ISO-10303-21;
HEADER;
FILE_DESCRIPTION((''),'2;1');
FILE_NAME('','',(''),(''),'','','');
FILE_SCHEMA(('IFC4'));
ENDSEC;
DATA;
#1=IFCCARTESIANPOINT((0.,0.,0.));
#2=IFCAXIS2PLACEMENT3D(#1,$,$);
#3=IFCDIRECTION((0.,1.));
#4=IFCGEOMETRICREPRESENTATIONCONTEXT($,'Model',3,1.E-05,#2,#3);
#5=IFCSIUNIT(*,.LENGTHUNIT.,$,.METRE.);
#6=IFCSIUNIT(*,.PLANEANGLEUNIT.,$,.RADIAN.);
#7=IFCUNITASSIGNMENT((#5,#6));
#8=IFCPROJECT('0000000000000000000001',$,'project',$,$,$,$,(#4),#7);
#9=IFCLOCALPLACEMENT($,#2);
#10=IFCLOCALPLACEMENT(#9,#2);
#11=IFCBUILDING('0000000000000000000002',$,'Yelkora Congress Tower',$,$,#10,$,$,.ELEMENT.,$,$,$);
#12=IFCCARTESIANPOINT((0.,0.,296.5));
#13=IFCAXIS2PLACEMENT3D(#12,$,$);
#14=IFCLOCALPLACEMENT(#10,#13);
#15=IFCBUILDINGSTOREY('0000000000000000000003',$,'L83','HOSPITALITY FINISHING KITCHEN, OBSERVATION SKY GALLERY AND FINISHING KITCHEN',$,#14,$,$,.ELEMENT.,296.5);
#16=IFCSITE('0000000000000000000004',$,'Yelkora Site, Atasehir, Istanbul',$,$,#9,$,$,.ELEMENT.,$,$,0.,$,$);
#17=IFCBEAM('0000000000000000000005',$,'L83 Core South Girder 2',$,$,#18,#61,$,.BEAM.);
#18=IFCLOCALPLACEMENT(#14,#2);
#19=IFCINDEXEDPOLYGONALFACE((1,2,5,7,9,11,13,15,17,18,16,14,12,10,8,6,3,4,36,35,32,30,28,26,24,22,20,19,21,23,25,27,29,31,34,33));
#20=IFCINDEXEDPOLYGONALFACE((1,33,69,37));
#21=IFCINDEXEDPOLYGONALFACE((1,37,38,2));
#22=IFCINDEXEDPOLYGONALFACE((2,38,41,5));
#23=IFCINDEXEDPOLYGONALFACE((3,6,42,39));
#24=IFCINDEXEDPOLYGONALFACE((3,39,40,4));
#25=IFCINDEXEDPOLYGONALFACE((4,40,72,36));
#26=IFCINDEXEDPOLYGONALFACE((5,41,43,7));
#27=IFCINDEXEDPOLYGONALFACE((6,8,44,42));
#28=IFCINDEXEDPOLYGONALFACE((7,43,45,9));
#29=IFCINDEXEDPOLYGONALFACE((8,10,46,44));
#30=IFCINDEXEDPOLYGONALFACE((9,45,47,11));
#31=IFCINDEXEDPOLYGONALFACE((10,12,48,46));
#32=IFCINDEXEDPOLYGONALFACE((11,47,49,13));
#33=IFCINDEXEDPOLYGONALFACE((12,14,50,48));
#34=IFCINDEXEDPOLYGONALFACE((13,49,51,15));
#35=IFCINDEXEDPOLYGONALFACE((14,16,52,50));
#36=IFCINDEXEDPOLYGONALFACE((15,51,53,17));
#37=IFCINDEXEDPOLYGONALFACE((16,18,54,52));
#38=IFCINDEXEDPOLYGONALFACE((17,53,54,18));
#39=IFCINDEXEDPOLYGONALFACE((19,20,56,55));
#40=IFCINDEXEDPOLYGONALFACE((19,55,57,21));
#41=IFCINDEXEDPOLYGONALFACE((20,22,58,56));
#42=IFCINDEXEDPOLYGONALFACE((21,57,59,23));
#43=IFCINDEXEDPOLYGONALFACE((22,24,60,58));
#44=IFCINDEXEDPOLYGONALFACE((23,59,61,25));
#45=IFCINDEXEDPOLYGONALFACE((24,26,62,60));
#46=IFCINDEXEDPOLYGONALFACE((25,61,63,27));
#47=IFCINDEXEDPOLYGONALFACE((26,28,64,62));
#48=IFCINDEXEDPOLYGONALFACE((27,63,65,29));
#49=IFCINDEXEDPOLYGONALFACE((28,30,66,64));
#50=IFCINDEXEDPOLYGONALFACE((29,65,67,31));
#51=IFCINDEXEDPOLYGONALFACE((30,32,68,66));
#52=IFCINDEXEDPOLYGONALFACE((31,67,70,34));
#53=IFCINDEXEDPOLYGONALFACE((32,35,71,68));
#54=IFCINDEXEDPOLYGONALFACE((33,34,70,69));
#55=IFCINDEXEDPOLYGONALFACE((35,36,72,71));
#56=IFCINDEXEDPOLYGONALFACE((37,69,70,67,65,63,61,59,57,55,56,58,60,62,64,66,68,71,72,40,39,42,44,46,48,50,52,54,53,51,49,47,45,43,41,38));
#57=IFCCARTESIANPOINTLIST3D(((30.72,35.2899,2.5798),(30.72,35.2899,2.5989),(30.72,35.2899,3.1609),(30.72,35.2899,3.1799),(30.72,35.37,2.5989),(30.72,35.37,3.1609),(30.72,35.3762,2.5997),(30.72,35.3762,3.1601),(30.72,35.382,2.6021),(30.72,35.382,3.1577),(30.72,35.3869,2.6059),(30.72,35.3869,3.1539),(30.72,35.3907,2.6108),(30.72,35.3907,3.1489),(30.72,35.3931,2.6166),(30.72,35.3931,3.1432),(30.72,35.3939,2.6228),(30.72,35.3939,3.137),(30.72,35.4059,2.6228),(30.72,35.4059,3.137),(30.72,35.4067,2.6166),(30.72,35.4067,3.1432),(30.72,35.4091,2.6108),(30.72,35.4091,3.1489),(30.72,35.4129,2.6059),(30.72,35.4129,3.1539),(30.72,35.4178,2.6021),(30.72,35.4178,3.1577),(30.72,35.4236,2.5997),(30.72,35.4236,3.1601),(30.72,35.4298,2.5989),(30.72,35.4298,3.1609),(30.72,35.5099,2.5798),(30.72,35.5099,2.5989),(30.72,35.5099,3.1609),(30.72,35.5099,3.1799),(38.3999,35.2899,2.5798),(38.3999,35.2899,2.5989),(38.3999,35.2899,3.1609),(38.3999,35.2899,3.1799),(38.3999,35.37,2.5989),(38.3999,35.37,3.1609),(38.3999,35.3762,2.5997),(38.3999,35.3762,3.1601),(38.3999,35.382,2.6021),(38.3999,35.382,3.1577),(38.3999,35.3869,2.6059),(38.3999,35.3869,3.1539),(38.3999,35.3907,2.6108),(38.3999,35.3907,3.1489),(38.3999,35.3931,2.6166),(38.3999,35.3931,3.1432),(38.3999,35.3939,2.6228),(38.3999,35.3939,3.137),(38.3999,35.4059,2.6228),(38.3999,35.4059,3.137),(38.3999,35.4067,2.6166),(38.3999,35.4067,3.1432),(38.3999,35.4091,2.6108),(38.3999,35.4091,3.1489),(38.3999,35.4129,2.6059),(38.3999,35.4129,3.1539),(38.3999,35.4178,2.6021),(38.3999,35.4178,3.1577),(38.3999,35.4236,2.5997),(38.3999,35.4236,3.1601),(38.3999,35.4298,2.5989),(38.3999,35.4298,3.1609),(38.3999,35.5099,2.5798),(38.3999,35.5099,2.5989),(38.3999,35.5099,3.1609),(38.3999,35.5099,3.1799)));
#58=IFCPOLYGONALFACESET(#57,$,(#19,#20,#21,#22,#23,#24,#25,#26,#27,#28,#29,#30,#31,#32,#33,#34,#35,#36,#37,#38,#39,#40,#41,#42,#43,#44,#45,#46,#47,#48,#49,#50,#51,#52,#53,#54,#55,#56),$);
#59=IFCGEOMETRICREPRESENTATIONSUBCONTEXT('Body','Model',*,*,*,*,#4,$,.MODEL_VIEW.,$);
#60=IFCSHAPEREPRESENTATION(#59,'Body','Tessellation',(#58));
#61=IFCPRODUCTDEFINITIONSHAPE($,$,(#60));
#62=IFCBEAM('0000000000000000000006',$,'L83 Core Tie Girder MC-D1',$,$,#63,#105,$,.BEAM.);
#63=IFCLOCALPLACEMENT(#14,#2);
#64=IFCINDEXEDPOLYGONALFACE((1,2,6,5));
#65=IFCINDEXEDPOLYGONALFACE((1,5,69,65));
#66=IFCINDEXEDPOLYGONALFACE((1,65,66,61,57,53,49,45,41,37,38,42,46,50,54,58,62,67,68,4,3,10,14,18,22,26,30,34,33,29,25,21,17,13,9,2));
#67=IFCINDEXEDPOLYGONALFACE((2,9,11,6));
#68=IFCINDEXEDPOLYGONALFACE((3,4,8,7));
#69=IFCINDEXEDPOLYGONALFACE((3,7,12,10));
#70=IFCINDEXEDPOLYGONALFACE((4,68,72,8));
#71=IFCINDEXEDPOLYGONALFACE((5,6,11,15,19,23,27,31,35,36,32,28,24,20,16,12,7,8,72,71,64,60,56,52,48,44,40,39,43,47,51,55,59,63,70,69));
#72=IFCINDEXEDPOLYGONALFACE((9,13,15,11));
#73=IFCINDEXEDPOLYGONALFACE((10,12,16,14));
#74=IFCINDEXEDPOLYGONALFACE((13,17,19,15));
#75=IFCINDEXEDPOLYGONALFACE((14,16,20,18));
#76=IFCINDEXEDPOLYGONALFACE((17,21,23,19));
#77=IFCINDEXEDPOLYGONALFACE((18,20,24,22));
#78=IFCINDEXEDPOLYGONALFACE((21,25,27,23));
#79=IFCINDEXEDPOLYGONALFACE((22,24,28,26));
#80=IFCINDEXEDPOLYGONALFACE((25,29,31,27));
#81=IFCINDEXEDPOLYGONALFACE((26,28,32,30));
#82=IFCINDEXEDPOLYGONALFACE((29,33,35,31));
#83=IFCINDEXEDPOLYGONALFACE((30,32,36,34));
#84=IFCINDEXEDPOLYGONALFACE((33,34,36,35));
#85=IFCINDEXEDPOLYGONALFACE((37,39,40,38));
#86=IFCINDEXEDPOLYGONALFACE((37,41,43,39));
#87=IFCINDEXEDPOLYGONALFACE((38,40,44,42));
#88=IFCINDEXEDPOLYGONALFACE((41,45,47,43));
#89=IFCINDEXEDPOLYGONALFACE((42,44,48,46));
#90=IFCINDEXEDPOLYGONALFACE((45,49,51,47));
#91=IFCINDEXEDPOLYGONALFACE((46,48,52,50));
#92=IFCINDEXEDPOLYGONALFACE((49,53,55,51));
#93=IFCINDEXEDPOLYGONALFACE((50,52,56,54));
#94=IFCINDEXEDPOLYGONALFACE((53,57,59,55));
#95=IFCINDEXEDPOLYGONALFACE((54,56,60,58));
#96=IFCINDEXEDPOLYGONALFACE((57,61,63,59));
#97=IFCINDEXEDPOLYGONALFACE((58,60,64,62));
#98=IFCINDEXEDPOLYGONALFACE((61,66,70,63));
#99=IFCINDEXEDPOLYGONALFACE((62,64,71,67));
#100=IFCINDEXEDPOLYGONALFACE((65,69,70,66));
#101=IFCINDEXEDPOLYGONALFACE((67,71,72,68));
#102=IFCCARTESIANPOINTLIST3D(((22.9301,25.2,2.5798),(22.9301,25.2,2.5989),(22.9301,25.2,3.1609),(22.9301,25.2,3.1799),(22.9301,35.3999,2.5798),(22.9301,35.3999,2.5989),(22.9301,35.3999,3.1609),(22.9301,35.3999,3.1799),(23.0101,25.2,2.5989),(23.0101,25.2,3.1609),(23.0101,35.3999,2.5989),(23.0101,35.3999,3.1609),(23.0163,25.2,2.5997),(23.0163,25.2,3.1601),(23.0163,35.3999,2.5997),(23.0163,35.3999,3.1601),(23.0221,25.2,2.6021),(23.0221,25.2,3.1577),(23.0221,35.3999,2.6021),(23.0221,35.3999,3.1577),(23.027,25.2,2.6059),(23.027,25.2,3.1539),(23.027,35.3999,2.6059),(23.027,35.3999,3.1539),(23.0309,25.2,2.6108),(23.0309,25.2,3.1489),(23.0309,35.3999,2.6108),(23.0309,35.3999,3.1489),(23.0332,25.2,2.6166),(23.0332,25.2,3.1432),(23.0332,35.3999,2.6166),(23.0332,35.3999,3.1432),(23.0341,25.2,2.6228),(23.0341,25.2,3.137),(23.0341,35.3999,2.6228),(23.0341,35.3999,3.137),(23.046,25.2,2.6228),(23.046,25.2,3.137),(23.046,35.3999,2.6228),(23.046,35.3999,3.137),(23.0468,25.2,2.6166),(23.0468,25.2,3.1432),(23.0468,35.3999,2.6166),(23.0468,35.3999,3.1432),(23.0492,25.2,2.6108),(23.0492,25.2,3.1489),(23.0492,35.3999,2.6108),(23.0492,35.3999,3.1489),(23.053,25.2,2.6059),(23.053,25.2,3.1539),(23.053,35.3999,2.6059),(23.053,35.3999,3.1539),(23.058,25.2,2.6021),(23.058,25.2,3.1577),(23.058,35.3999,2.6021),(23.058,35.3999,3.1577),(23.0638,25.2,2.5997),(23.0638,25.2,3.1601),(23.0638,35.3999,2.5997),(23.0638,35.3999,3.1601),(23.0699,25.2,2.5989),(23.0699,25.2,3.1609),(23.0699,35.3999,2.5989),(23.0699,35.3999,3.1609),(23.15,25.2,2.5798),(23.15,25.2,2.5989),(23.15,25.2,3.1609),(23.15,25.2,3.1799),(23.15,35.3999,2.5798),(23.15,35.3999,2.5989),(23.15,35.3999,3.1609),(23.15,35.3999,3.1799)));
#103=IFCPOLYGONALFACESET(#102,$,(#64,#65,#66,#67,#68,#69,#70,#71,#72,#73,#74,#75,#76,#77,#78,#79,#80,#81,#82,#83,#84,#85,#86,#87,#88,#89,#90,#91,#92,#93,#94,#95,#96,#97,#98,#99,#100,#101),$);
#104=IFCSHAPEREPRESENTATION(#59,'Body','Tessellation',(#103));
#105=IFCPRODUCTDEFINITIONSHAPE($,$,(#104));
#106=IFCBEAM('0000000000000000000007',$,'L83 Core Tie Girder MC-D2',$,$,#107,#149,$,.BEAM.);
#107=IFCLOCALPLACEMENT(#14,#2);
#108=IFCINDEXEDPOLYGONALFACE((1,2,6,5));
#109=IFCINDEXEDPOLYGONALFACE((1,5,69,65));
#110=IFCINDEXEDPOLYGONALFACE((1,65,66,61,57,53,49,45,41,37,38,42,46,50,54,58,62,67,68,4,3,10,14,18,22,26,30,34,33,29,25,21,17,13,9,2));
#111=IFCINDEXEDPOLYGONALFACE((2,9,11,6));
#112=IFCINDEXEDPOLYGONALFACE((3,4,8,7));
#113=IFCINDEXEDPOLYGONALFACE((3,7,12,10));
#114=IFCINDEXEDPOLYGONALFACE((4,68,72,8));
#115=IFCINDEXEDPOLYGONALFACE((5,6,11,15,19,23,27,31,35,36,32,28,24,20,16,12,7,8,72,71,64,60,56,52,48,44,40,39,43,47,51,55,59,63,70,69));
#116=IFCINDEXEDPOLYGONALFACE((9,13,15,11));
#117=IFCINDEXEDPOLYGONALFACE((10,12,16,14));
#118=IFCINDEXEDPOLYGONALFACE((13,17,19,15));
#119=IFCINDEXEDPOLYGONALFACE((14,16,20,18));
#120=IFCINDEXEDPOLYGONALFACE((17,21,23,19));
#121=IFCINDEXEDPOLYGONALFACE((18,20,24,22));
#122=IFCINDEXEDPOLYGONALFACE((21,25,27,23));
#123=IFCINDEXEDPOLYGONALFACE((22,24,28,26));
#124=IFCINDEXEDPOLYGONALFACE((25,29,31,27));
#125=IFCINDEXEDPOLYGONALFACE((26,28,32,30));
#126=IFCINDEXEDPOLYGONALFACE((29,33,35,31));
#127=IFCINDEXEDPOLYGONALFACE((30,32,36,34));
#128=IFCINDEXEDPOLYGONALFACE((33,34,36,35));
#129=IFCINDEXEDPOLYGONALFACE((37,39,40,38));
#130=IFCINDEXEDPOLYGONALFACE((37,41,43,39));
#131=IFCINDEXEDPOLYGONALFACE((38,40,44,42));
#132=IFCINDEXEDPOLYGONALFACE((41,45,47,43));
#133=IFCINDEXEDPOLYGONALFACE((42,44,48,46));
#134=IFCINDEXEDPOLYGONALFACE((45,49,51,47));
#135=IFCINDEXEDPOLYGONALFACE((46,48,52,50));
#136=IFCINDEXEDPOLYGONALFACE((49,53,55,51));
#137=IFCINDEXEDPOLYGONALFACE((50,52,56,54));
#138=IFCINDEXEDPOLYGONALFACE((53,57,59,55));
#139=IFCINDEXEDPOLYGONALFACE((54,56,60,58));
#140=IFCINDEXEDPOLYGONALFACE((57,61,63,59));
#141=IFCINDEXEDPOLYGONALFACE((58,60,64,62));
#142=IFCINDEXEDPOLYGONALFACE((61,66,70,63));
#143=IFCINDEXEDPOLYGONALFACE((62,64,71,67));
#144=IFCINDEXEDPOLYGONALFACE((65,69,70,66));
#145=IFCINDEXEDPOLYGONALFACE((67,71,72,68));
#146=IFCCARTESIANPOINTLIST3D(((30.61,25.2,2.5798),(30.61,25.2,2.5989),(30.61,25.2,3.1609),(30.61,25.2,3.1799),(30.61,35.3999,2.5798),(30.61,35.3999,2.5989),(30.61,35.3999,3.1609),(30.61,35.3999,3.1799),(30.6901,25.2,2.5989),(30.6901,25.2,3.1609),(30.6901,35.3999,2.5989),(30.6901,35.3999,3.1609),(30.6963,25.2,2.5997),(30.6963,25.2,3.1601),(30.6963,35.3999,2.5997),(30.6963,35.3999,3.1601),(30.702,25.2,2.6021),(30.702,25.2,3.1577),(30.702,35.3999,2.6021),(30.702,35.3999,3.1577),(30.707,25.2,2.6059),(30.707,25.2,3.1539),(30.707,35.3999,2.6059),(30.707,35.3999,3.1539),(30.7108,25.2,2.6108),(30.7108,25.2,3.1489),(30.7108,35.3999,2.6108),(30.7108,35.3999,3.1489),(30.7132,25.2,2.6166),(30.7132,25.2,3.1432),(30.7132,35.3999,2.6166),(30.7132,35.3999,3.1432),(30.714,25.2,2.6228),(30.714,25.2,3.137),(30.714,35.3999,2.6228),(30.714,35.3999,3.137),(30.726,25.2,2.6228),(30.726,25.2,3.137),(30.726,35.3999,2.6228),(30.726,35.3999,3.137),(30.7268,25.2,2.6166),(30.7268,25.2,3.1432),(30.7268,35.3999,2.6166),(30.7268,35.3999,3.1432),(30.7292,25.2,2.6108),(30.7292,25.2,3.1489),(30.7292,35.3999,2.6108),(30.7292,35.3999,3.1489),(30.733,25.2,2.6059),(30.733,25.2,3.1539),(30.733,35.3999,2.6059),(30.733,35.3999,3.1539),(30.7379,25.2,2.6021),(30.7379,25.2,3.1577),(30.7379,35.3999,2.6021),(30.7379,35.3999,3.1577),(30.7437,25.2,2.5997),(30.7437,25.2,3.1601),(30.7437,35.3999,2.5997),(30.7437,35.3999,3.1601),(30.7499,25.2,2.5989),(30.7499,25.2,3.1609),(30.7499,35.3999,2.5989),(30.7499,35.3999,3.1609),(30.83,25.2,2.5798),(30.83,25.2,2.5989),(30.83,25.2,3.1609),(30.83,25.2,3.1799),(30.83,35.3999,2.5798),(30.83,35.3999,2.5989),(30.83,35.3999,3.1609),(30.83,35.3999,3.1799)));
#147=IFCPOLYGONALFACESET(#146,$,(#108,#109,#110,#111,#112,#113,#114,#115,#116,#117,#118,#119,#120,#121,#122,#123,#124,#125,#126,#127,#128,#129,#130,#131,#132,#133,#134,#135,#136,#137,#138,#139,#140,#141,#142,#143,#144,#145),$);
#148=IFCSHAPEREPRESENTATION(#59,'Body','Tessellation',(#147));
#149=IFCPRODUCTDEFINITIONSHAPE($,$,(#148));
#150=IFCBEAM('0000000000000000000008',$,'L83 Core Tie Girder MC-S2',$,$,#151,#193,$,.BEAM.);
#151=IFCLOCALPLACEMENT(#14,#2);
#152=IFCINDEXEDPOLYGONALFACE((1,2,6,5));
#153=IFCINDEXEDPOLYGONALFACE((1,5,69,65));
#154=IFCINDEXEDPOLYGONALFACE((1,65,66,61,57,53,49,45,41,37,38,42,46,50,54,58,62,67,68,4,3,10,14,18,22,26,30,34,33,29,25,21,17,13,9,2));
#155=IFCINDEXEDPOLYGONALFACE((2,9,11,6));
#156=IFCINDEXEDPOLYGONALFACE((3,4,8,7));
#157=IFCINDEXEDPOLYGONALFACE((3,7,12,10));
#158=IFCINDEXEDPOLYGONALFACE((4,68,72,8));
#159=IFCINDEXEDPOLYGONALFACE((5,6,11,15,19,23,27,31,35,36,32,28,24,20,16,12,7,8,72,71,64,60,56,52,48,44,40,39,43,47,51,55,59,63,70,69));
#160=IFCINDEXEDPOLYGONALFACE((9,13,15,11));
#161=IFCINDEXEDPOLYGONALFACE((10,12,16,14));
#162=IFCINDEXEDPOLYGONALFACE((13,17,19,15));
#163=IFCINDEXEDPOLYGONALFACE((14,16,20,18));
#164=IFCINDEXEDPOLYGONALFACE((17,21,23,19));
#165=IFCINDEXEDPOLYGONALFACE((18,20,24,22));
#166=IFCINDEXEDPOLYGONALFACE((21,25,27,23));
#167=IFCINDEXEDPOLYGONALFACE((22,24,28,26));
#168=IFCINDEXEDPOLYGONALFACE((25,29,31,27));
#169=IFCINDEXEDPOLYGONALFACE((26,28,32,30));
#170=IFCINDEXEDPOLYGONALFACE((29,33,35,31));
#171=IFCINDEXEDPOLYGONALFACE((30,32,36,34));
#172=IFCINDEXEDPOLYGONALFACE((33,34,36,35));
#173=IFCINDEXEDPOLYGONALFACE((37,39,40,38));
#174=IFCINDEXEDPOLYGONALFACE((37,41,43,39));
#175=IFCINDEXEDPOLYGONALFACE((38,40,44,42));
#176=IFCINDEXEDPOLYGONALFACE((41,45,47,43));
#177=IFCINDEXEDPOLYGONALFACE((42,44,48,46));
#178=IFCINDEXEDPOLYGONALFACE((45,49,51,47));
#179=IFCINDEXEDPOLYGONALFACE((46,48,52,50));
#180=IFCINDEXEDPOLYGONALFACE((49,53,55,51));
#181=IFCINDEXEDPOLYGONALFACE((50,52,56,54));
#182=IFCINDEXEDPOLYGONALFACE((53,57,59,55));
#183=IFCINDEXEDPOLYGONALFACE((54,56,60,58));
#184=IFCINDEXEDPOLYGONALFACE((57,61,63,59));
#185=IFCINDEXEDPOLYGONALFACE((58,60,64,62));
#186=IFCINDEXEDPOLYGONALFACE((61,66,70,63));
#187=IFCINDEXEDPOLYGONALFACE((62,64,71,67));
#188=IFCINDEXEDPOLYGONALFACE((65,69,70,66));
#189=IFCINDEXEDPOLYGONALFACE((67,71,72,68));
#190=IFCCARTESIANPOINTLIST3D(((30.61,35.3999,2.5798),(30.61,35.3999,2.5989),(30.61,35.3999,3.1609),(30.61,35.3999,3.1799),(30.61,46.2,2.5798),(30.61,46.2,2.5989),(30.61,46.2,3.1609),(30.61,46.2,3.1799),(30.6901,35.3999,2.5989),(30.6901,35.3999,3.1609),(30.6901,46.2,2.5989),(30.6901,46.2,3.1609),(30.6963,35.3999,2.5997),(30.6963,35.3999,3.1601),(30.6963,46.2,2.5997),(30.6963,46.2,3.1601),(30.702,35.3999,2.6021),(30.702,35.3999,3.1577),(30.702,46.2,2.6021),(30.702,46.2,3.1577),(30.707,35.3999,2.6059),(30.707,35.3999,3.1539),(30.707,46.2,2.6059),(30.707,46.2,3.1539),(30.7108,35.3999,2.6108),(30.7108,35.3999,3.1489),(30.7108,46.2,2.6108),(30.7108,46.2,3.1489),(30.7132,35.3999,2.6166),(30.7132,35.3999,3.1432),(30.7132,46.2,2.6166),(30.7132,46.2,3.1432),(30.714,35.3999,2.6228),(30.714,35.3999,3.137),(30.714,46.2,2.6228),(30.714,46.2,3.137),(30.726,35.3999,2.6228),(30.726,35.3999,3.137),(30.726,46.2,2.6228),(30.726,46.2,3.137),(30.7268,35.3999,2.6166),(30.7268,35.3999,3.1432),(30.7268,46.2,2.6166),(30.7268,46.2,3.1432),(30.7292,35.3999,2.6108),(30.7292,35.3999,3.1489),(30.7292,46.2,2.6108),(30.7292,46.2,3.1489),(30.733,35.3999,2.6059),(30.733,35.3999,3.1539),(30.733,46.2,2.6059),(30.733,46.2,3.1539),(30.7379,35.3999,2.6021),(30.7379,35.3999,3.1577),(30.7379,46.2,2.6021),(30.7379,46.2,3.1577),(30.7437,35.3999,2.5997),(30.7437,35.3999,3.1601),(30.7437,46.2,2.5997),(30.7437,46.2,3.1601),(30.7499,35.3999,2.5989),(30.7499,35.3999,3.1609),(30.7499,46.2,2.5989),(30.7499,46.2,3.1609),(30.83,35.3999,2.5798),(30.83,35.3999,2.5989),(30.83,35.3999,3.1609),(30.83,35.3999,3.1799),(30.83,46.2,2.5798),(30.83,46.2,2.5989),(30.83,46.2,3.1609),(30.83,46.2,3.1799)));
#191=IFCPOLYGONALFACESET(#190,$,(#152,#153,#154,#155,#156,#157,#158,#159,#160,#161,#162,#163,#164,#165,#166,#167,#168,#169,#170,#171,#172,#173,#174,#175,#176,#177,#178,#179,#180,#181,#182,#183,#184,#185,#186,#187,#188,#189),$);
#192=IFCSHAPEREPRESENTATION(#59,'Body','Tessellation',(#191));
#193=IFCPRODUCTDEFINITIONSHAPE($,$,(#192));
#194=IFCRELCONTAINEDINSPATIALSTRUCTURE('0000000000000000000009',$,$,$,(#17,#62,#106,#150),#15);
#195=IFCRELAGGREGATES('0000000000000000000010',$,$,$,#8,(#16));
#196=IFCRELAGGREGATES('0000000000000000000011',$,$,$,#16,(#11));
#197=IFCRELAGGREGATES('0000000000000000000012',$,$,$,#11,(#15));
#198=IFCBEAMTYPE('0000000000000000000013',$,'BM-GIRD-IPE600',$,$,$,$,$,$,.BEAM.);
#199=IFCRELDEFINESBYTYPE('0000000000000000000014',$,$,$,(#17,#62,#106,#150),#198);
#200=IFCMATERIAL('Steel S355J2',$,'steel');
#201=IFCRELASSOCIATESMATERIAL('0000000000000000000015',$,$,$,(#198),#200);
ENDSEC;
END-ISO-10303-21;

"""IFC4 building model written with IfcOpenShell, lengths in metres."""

from ifc_helpers import new_model, si_unit, direction, frame, origin, origin_2d, place, context, subcontext, project, spatial, i_section, extrude, material, material_profile, profile_set, type_object, element, save


model = new_model("IFC4")

# Units and contexts
model_context = context("Model", 3, precision=1e-05, world=origin(), true_north=direction((0.0, 1.0)))
body_context = subcontext(model_context, "Body", "Model", "MODEL_VIEW")
ifc_project = project(units=[si_unit("LENGTHUNIT", "METRE"), si_unit("PLANEANGLEUNIT", "RADIAN")], contexts=[model_context])

# Site, building, storey
site_placement = place(None, origin())
site = spatial("IfcSite", under=ifc_project, at=site_placement, Name="Yelkora Site, Atasehir, Istanbul", CompositionType="ELEMENT", RefElevation=0.0)
building_placement = place(site_placement, origin())
building = spatial("IfcBuilding", under=site, at=building_placement, Name="Yelkora Congress Tower", CompositionType="ELEMENT")
storey_placement = place(building_placement, frame((0.0, 0.0, 296.5)))
storey = spatial("IfcBuildingStorey", under=building, at=storey_placement, Name="L83", Description="HOSPITALITY FINISHING KITCHEN, OBSERVATION SKY GALLERY AND FINISHING KITCHEN", CompositionType="ELEMENT", Elevation=296.5)

# Shared definitions
ifc_material_1 = material(Name="Steel S355J2", Category="steel")

# Beams
ifc_material_profile_1 = material_profile(ifc_material_1, i_section(OverallWidth=0.22, OverallDepth=0.6001, WebThickness=0.012, FlangeThickness=0.019, FilletRadius=0.0239, at=origin_2d()), Name="IPE 600")
ifc_profile_set_1 = profile_set([ifc_material_profile_1], Name="Steel S355J2")
beam_type_1 = type_object("IfcBeamType", Name="BM-GIRD-IPE600", PredefinedType="BEAM", material=ifc_profile_set_1)
for number, where, z_axis, x_axis, name in (
    (1, (30.72, 35.3999, 2.8799), (1.0, 0.0, 0.0), (0.0, 1.0, 0.0), "L83 Core South Girder 2"),
):
    element("IfcBeam", number, at=place(storey_placement, frame(where, z_axis=z_axis, x_axis=x_axis)), inside=storey, type_object=beam_type_1, Name=name, PredefinedType="BEAM", context=body_context, shape_type="SweptSolid", body=[
        extrude(i_section(OverallWidth=0.22, OverallDepth=0.6001, WebThickness=0.012, FlangeThickness=0.019, FilletRadius=0.0239, at=origin_2d()), origin(), (0.0, 0.0, 1.0), 7.6799),
    ])
for number, where, z_axis, x_axis, name in (
    (2, (23.04, 25.2, 2.8799), (0.0, 1.0, 0.0), (-1.0, 0.0, 0.0), "L83 Core Tie Girder MC-D1"),
    (3, (30.72, 25.2, 2.8799), (0.0, 1.0, 0.0), (-1.0, 0.0, 0.0), "L83 Core Tie Girder MC-D2"),
):
    element("IfcBeam", number, at=place(storey_placement, frame(where, z_axis=z_axis, x_axis=x_axis)), inside=storey, type_object=beam_type_1, Name=name, PredefinedType="BEAM", context=body_context, shape_type="SweptSolid", body=[
        extrude(i_section(OverallWidth=0.22, OverallDepth=0.6001, WebThickness=0.012, FlangeThickness=0.019, FilletRadius=0.0239, at=origin_2d()), origin(), (0.0, 0.0, 1.0), 10.2),
    ])
beam_1_placement = place(storey_placement, frame((30.72, 35.3999, 2.8799), z_axis=(0.0, 1.0, 0.0), x_axis=(-1.0, 0.0, 0.0)))
element("IfcBeam", 4, at=beam_1_placement, inside=storey, type_object=beam_type_1, Name="L83 Core Tie Girder MC-S2", PredefinedType="BEAM", context=body_context, shape_type="SweptSolid", body=[
    extrude(i_section(OverallWidth=0.22, OverallDepth=0.6001, WebThickness=0.012, FlangeThickness=0.019, FilletRadius=0.0239, at=origin_2d()), origin(), (0.0, 0.0, 1.0), 10.8),
])

save(model, "model.ifc")
